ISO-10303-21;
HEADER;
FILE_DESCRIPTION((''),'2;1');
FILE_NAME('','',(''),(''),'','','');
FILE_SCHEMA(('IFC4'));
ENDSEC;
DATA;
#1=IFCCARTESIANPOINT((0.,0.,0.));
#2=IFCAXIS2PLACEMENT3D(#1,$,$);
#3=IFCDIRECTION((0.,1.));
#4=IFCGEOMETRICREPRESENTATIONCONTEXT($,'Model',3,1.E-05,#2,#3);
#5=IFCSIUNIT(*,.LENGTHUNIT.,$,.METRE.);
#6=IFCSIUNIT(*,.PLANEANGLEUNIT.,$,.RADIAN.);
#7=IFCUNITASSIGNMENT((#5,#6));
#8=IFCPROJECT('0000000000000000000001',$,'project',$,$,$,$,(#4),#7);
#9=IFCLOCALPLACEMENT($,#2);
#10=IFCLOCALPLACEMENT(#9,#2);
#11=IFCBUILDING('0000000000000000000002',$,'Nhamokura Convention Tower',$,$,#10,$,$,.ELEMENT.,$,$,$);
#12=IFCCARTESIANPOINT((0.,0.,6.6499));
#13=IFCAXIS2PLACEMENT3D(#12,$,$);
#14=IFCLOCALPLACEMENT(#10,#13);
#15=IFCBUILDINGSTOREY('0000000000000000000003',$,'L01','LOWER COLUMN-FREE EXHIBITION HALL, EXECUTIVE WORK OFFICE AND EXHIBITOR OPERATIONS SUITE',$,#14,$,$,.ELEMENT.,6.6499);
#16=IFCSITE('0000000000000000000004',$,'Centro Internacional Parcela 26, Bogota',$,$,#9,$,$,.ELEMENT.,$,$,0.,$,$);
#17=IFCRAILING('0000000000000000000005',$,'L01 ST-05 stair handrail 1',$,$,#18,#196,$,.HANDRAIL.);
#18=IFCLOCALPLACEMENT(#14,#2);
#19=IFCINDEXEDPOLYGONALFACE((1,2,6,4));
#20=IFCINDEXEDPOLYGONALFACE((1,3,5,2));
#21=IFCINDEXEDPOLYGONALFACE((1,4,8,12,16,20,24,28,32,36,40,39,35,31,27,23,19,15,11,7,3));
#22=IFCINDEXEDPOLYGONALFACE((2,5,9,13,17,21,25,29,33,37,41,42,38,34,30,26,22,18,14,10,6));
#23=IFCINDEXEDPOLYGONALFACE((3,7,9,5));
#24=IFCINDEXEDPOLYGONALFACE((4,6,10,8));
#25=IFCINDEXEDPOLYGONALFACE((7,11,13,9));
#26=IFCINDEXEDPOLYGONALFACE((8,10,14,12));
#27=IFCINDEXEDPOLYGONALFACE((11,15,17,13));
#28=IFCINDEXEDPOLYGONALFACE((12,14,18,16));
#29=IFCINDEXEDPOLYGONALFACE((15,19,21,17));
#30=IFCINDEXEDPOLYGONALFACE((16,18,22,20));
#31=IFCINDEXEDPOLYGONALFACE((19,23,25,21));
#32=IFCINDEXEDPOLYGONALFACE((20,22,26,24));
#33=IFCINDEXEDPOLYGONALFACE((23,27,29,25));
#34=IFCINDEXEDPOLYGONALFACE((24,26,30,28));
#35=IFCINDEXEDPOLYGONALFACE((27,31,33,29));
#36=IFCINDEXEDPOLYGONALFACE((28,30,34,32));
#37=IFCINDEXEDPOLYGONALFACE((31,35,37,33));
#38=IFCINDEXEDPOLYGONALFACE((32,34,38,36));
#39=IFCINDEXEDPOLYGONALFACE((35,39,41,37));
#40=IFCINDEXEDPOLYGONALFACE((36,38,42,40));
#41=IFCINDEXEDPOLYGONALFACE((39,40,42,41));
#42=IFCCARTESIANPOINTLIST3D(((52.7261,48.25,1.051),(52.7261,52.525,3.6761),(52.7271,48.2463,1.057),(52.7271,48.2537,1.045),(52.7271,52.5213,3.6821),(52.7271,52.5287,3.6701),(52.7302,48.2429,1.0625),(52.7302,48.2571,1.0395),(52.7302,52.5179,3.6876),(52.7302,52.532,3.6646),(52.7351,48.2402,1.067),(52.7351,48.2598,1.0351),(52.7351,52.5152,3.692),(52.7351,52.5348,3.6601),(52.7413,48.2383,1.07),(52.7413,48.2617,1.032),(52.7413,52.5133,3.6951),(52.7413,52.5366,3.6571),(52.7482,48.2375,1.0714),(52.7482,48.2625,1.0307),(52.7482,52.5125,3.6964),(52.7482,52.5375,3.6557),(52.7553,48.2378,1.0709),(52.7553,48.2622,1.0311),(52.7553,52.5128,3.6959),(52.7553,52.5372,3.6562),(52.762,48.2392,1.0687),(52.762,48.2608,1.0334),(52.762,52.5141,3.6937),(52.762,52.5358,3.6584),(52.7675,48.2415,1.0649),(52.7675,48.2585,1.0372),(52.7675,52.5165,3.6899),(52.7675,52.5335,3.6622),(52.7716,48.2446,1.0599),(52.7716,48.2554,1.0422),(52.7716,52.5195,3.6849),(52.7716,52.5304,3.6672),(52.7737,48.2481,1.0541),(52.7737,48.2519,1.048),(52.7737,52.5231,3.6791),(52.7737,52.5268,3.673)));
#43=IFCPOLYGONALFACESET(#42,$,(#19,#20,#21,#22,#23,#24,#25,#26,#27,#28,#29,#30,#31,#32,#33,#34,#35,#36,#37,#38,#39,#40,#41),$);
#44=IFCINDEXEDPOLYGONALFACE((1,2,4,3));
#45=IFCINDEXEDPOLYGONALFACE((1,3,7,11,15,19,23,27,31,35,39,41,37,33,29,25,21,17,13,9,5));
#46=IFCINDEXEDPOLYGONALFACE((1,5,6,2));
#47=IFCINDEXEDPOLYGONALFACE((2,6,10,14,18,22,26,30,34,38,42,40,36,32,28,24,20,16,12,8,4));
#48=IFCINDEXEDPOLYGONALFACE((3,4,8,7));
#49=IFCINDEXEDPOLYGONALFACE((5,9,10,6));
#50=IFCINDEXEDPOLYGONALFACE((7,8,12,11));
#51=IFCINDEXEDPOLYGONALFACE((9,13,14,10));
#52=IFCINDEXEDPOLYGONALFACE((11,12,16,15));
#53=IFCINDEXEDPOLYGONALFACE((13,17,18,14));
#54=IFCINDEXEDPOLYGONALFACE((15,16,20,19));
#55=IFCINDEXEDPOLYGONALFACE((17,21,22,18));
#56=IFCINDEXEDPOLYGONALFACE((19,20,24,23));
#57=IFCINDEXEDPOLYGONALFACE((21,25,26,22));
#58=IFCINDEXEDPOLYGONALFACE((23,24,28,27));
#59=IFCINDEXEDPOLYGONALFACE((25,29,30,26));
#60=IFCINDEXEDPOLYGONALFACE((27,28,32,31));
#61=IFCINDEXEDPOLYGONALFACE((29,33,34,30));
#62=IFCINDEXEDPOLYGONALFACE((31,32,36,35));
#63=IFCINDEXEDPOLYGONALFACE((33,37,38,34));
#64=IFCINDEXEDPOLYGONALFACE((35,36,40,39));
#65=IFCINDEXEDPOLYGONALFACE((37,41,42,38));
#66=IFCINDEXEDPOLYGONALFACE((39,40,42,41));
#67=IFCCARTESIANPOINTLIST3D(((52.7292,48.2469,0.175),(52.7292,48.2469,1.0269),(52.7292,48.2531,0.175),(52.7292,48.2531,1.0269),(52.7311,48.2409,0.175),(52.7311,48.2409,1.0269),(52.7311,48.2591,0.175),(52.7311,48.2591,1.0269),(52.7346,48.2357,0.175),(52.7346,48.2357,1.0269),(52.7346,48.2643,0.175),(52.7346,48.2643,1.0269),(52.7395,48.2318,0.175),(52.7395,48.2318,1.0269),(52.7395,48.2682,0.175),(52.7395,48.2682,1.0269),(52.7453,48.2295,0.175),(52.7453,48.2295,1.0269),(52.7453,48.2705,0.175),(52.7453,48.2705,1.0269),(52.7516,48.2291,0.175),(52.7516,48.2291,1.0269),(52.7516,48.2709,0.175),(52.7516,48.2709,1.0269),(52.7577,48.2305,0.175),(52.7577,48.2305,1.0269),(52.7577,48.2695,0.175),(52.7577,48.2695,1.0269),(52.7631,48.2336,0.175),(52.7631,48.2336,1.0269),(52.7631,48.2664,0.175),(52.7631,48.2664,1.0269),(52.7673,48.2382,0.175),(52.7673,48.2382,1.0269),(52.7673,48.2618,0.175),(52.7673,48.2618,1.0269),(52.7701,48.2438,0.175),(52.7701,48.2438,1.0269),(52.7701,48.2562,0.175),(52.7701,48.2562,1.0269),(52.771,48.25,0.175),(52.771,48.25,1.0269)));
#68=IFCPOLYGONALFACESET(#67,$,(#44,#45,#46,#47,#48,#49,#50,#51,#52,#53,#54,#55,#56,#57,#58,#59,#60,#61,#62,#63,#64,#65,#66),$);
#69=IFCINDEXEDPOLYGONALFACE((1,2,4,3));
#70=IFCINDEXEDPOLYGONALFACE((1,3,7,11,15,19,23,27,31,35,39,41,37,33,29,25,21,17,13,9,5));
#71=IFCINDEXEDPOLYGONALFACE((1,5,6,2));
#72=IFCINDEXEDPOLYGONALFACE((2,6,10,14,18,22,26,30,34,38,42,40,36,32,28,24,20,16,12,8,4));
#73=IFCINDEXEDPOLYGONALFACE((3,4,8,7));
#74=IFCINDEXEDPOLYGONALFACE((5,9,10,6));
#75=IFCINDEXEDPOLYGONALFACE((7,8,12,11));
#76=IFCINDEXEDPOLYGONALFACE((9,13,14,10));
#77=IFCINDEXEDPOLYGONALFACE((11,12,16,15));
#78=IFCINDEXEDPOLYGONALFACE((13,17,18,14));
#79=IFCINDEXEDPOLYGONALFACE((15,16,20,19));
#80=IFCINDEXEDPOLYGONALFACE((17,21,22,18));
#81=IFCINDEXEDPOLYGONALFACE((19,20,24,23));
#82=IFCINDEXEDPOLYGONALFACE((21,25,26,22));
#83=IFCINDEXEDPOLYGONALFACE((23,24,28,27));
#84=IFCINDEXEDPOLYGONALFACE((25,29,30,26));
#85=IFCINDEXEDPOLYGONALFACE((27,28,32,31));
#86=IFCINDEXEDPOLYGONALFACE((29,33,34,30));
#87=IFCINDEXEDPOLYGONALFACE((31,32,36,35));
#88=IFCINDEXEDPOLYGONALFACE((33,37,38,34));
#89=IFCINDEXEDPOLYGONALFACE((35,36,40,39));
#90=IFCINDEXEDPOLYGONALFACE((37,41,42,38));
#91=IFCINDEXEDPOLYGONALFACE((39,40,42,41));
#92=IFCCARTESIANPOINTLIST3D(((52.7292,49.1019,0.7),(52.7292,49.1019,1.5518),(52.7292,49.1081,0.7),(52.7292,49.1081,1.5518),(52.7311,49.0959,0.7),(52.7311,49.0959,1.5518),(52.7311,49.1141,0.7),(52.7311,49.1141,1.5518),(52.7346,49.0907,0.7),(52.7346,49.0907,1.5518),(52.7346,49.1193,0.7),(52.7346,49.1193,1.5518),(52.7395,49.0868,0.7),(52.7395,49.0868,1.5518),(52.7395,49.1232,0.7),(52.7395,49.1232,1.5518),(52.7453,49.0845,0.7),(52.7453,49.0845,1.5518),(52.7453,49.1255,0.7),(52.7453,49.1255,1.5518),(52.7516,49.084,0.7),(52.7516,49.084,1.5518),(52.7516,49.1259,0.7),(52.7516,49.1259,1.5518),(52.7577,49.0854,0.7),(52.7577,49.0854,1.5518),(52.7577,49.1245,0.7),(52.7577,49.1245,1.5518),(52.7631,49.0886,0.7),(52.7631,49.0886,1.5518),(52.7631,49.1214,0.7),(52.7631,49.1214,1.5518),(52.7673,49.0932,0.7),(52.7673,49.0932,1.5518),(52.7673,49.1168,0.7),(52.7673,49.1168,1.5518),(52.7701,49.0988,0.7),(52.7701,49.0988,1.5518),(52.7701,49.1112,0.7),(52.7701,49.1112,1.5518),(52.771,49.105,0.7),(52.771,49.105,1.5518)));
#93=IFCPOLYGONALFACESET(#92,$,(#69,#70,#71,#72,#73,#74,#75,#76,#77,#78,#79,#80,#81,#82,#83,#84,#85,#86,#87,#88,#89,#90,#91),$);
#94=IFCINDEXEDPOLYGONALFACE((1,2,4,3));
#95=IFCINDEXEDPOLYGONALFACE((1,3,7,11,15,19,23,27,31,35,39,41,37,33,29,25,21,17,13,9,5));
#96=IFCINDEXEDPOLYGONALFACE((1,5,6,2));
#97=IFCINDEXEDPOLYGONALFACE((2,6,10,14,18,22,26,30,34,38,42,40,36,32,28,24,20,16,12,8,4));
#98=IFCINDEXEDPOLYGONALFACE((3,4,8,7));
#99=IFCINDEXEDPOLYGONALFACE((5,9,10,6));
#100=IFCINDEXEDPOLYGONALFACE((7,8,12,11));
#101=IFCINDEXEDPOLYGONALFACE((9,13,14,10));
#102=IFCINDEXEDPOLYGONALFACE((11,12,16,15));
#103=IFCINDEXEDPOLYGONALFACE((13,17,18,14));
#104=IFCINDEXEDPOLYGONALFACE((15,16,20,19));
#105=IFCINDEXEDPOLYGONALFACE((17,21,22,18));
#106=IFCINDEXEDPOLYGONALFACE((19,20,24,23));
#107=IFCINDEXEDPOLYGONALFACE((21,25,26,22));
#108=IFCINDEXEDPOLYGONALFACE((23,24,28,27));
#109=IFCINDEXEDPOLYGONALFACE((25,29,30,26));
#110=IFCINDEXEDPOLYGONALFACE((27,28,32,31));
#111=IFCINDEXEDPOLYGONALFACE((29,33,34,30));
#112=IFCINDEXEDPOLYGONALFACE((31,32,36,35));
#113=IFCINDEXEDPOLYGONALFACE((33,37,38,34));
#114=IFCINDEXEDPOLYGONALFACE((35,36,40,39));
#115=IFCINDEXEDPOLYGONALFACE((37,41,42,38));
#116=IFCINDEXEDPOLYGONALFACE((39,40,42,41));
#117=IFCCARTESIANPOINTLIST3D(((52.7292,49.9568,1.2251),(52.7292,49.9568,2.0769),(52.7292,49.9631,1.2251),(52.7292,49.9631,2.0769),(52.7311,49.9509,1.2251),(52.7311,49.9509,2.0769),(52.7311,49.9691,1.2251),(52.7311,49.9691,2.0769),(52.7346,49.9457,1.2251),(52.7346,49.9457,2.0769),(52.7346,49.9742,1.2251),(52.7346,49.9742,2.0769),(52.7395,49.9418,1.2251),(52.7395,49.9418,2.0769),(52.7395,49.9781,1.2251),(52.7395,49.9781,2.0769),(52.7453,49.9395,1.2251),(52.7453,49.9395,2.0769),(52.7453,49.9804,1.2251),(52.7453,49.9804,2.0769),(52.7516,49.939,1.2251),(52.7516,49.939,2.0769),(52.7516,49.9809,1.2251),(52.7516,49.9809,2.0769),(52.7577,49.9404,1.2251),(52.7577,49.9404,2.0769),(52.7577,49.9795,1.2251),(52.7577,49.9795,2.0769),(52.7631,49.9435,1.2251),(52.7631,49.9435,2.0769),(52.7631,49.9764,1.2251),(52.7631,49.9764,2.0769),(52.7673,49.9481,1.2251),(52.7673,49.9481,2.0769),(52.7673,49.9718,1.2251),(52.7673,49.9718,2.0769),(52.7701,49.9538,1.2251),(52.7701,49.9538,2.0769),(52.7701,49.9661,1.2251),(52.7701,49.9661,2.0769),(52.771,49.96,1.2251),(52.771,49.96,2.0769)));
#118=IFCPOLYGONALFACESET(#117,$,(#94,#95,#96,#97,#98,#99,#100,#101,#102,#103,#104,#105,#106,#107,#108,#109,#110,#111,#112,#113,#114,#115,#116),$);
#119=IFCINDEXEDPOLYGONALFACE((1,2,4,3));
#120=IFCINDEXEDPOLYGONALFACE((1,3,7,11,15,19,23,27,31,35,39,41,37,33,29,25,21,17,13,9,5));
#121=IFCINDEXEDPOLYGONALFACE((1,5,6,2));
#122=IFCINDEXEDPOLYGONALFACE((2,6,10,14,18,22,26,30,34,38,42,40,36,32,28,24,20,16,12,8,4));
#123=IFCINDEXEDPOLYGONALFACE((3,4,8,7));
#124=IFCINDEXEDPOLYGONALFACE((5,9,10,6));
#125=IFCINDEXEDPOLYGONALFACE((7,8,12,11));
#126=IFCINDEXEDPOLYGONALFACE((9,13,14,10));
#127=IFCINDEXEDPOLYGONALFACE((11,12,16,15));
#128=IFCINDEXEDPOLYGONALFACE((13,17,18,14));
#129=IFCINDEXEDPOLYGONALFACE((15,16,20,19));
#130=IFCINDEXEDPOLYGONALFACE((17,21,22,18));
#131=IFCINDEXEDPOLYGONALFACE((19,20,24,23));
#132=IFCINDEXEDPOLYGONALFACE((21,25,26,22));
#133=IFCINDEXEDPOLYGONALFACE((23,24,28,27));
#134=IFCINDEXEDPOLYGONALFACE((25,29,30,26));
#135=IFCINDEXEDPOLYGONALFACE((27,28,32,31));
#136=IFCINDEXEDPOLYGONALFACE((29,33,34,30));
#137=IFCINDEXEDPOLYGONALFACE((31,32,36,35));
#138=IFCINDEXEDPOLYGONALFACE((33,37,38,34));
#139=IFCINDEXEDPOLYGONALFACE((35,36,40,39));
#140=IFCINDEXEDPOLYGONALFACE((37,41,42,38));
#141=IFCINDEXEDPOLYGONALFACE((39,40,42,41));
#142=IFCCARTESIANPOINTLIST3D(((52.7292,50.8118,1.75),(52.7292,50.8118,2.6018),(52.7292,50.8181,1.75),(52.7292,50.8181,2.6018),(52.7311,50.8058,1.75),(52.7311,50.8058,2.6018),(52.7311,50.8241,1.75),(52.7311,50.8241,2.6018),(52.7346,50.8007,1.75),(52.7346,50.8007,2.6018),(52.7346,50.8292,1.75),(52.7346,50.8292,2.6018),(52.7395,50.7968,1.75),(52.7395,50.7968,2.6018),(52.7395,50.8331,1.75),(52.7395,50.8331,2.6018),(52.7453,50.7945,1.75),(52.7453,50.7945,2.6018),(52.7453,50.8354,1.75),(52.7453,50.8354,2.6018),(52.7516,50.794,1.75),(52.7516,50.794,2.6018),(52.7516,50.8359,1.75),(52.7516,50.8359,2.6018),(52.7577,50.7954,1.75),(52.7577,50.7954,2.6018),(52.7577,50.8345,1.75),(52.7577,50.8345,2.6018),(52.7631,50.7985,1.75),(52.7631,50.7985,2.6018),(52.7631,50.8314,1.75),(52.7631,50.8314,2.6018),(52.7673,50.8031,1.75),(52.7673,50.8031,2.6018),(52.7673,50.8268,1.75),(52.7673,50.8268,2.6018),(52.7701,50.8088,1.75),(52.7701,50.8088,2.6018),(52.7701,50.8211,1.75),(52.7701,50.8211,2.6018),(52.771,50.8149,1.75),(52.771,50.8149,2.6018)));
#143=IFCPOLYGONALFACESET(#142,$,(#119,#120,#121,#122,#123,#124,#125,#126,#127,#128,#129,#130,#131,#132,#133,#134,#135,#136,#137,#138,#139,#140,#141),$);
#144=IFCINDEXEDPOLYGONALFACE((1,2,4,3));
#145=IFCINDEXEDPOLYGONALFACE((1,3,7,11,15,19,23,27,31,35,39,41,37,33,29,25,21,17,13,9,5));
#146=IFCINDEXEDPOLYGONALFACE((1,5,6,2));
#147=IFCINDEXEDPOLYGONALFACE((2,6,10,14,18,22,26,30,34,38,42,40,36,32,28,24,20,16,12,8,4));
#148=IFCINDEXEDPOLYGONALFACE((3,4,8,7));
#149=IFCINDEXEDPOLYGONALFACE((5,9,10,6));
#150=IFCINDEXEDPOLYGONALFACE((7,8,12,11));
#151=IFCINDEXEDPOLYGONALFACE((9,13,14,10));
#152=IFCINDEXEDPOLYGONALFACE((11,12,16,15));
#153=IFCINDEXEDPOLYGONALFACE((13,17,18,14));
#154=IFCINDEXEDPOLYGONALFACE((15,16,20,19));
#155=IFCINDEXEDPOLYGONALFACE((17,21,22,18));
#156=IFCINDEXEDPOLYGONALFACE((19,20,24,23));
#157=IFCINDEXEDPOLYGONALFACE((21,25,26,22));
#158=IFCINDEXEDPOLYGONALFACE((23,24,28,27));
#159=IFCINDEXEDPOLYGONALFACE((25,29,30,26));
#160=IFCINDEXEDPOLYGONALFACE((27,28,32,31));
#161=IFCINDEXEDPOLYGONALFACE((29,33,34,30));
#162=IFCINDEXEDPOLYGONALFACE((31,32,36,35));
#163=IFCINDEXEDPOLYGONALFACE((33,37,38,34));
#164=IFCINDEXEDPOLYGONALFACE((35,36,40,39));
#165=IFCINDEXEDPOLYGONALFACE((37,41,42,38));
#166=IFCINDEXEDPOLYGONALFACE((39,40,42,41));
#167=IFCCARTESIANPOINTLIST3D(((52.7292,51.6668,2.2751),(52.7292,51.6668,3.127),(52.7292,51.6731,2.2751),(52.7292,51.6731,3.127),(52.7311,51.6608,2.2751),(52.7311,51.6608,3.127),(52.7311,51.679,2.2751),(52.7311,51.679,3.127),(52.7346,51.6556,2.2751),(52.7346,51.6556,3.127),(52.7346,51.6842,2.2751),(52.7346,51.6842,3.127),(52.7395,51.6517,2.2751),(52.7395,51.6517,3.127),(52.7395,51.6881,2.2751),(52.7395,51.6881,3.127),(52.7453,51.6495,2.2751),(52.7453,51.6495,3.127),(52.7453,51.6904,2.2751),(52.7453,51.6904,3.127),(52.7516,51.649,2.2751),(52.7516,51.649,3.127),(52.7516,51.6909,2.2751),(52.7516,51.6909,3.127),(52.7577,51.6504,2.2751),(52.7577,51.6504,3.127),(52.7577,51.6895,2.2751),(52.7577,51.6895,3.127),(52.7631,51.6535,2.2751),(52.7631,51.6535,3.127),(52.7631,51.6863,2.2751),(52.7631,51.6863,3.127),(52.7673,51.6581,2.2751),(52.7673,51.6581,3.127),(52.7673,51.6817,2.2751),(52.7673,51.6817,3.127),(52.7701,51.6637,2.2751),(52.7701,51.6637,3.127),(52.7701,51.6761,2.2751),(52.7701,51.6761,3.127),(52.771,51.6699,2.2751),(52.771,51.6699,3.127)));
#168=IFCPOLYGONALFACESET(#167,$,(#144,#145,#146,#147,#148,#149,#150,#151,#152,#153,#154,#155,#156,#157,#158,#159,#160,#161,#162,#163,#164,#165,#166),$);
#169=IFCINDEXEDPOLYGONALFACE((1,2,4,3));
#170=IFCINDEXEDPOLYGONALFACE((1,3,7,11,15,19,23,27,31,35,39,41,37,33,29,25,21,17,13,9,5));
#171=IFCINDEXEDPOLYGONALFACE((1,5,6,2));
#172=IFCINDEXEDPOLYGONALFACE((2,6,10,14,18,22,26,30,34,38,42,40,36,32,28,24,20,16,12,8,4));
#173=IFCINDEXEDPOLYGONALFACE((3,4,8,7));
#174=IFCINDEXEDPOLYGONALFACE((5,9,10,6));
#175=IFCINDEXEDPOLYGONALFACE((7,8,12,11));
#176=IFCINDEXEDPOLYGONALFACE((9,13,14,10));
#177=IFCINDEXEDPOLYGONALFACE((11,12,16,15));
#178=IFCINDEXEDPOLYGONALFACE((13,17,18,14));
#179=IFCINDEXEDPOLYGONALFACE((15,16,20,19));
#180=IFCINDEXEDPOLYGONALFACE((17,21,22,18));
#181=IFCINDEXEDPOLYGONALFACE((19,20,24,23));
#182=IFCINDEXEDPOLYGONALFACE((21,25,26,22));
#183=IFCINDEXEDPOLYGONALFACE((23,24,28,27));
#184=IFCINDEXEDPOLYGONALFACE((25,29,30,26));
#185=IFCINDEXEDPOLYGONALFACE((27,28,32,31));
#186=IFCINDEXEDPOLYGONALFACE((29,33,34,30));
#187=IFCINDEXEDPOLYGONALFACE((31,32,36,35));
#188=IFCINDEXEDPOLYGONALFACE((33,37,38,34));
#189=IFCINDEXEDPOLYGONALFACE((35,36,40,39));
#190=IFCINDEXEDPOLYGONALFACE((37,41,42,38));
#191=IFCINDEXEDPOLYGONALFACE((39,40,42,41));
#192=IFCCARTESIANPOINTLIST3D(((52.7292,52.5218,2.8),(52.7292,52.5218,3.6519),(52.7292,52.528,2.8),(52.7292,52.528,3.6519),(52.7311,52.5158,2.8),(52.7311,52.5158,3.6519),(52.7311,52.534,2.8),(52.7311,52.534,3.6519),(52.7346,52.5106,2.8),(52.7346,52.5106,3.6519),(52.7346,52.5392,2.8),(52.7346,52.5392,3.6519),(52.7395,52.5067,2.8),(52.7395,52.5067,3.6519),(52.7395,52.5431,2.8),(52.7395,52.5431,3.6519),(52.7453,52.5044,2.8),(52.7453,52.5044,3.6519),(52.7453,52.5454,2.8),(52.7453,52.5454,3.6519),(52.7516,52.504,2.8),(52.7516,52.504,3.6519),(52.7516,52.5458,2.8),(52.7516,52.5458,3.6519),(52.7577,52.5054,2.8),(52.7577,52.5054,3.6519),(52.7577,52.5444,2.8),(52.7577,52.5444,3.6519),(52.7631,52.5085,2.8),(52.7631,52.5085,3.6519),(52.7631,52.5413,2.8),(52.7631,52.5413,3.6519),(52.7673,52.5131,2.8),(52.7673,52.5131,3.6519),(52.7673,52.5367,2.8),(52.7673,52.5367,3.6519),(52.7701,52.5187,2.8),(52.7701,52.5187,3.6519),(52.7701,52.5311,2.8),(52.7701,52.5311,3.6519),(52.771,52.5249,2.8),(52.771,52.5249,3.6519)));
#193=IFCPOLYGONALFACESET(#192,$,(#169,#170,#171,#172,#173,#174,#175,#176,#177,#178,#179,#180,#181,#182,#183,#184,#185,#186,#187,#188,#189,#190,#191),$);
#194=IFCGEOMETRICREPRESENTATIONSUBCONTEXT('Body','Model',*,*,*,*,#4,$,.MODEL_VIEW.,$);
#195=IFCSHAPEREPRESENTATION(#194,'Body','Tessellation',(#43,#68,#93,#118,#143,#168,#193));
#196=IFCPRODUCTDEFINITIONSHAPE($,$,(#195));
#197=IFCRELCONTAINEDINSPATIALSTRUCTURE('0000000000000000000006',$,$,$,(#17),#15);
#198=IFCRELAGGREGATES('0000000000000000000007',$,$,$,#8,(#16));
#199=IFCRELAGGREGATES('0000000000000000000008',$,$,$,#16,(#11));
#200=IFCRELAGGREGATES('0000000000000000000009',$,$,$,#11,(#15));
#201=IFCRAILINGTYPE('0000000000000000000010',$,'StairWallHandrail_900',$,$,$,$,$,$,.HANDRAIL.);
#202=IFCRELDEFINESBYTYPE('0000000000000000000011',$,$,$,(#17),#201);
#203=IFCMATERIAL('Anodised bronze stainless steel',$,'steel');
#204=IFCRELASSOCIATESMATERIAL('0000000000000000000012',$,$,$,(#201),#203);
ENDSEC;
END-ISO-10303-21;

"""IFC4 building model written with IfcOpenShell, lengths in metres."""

from ifc_helpers import new_model, si_unit, direction, frame, origin, origin_2d, place, context, subcontext, project, spatial, circle, extrude, material, type_object, element, save


model = new_model("IFC4")

# Units and contexts
model_context = context("Model", 3, precision=1e-05, world=origin(), true_north=direction((0.0, 1.0)))
body_context = subcontext(model_context, "Body", "Model", "MODEL_VIEW")
ifc_project = project(units=[si_unit("LENGTHUNIT", "METRE"), si_unit("PLANEANGLEUNIT", "RADIAN")], contexts=[model_context])

# Site, building, storey
site_placement = place(None, origin())
site = spatial("IfcSite", under=ifc_project, at=site_placement, Name="Centro Internacional Parcela 26, Bogota", CompositionType="ELEMENT", RefElevation=0.0)
building_placement = place(site_placement, origin())
building = spatial("IfcBuilding", under=site, at=building_placement, Name="Nhamokura Convention Tower", CompositionType="ELEMENT")
storey_placement = place(building_placement, frame((0.0, 0.0, 6.6499)))
storey = spatial("IfcBuildingStorey", under=building, at=storey_placement, Name="L01", Description="LOWER COLUMN-FREE EXHIBITION HALL, EXECUTIVE WORK OFFICE AND EXHIBITOR OPERATIONS SUITE", CompositionType="ELEMENT", Elevation=6.6499)

# Railing
ifc_material_1 = material(Name="Anodised bronze stainless steel", Category="steel")
railing_type_1 = type_object("IfcRailingType", Name="StairWallHandrail_900", PredefinedType="HANDRAIL", material=ifc_material_1)
railing_1_placement = place(storey_placement, frame((52.75, 48.25, 0.175)))
element("IfcRailing", 1, at=railing_1_placement, inside=storey, type_object=railing_type_1, Name="L01 ST-05 stair handrail 1", PredefinedType="HANDRAIL", context=body_context, shape_type="SweptSolid", body=[
    extrude(circle(Radius=0.0239, at=origin_2d()), frame((0.0, 0.0, 0.876), z_axis=(0.0, 0.852166, 0.523272), x_axis=(-1.0, 0.0, 0.0)), (0.0, 0.0, 1.0), 5.0166),
    extrude(circle(Radius=0.021, at=origin_2d()), origin(), (0.0, 0.0, 1.0), 0.8518),
    extrude(circle(Radius=0.021, at=origin_2d()), frame((0.0, 0.855, 0.5249)), (0.0, 0.0, 1.0), 0.8518),
    extrude(circle(Radius=0.021, at=origin_2d()), frame((0.0, 1.71, 1.05)), (0.0, 0.0, 1.0), 0.8518),
    extrude(circle(Radius=0.021, at=origin_2d()), frame((0.0, 2.5649, 1.575)), (0.0, 0.0, 1.0), 0.8518),
    extrude(circle(Radius=0.021, at=origin_2d()), frame((0.0, 3.4199, 2.1001)), (0.0, 0.0, 1.0), 0.8518),
    extrude(circle(Radius=0.021, at=origin_2d()), frame((0.0, 4.2749, 2.625)), (0.0, 0.0, 1.0), 0.8518),
])

save(model, "model.ifc")
